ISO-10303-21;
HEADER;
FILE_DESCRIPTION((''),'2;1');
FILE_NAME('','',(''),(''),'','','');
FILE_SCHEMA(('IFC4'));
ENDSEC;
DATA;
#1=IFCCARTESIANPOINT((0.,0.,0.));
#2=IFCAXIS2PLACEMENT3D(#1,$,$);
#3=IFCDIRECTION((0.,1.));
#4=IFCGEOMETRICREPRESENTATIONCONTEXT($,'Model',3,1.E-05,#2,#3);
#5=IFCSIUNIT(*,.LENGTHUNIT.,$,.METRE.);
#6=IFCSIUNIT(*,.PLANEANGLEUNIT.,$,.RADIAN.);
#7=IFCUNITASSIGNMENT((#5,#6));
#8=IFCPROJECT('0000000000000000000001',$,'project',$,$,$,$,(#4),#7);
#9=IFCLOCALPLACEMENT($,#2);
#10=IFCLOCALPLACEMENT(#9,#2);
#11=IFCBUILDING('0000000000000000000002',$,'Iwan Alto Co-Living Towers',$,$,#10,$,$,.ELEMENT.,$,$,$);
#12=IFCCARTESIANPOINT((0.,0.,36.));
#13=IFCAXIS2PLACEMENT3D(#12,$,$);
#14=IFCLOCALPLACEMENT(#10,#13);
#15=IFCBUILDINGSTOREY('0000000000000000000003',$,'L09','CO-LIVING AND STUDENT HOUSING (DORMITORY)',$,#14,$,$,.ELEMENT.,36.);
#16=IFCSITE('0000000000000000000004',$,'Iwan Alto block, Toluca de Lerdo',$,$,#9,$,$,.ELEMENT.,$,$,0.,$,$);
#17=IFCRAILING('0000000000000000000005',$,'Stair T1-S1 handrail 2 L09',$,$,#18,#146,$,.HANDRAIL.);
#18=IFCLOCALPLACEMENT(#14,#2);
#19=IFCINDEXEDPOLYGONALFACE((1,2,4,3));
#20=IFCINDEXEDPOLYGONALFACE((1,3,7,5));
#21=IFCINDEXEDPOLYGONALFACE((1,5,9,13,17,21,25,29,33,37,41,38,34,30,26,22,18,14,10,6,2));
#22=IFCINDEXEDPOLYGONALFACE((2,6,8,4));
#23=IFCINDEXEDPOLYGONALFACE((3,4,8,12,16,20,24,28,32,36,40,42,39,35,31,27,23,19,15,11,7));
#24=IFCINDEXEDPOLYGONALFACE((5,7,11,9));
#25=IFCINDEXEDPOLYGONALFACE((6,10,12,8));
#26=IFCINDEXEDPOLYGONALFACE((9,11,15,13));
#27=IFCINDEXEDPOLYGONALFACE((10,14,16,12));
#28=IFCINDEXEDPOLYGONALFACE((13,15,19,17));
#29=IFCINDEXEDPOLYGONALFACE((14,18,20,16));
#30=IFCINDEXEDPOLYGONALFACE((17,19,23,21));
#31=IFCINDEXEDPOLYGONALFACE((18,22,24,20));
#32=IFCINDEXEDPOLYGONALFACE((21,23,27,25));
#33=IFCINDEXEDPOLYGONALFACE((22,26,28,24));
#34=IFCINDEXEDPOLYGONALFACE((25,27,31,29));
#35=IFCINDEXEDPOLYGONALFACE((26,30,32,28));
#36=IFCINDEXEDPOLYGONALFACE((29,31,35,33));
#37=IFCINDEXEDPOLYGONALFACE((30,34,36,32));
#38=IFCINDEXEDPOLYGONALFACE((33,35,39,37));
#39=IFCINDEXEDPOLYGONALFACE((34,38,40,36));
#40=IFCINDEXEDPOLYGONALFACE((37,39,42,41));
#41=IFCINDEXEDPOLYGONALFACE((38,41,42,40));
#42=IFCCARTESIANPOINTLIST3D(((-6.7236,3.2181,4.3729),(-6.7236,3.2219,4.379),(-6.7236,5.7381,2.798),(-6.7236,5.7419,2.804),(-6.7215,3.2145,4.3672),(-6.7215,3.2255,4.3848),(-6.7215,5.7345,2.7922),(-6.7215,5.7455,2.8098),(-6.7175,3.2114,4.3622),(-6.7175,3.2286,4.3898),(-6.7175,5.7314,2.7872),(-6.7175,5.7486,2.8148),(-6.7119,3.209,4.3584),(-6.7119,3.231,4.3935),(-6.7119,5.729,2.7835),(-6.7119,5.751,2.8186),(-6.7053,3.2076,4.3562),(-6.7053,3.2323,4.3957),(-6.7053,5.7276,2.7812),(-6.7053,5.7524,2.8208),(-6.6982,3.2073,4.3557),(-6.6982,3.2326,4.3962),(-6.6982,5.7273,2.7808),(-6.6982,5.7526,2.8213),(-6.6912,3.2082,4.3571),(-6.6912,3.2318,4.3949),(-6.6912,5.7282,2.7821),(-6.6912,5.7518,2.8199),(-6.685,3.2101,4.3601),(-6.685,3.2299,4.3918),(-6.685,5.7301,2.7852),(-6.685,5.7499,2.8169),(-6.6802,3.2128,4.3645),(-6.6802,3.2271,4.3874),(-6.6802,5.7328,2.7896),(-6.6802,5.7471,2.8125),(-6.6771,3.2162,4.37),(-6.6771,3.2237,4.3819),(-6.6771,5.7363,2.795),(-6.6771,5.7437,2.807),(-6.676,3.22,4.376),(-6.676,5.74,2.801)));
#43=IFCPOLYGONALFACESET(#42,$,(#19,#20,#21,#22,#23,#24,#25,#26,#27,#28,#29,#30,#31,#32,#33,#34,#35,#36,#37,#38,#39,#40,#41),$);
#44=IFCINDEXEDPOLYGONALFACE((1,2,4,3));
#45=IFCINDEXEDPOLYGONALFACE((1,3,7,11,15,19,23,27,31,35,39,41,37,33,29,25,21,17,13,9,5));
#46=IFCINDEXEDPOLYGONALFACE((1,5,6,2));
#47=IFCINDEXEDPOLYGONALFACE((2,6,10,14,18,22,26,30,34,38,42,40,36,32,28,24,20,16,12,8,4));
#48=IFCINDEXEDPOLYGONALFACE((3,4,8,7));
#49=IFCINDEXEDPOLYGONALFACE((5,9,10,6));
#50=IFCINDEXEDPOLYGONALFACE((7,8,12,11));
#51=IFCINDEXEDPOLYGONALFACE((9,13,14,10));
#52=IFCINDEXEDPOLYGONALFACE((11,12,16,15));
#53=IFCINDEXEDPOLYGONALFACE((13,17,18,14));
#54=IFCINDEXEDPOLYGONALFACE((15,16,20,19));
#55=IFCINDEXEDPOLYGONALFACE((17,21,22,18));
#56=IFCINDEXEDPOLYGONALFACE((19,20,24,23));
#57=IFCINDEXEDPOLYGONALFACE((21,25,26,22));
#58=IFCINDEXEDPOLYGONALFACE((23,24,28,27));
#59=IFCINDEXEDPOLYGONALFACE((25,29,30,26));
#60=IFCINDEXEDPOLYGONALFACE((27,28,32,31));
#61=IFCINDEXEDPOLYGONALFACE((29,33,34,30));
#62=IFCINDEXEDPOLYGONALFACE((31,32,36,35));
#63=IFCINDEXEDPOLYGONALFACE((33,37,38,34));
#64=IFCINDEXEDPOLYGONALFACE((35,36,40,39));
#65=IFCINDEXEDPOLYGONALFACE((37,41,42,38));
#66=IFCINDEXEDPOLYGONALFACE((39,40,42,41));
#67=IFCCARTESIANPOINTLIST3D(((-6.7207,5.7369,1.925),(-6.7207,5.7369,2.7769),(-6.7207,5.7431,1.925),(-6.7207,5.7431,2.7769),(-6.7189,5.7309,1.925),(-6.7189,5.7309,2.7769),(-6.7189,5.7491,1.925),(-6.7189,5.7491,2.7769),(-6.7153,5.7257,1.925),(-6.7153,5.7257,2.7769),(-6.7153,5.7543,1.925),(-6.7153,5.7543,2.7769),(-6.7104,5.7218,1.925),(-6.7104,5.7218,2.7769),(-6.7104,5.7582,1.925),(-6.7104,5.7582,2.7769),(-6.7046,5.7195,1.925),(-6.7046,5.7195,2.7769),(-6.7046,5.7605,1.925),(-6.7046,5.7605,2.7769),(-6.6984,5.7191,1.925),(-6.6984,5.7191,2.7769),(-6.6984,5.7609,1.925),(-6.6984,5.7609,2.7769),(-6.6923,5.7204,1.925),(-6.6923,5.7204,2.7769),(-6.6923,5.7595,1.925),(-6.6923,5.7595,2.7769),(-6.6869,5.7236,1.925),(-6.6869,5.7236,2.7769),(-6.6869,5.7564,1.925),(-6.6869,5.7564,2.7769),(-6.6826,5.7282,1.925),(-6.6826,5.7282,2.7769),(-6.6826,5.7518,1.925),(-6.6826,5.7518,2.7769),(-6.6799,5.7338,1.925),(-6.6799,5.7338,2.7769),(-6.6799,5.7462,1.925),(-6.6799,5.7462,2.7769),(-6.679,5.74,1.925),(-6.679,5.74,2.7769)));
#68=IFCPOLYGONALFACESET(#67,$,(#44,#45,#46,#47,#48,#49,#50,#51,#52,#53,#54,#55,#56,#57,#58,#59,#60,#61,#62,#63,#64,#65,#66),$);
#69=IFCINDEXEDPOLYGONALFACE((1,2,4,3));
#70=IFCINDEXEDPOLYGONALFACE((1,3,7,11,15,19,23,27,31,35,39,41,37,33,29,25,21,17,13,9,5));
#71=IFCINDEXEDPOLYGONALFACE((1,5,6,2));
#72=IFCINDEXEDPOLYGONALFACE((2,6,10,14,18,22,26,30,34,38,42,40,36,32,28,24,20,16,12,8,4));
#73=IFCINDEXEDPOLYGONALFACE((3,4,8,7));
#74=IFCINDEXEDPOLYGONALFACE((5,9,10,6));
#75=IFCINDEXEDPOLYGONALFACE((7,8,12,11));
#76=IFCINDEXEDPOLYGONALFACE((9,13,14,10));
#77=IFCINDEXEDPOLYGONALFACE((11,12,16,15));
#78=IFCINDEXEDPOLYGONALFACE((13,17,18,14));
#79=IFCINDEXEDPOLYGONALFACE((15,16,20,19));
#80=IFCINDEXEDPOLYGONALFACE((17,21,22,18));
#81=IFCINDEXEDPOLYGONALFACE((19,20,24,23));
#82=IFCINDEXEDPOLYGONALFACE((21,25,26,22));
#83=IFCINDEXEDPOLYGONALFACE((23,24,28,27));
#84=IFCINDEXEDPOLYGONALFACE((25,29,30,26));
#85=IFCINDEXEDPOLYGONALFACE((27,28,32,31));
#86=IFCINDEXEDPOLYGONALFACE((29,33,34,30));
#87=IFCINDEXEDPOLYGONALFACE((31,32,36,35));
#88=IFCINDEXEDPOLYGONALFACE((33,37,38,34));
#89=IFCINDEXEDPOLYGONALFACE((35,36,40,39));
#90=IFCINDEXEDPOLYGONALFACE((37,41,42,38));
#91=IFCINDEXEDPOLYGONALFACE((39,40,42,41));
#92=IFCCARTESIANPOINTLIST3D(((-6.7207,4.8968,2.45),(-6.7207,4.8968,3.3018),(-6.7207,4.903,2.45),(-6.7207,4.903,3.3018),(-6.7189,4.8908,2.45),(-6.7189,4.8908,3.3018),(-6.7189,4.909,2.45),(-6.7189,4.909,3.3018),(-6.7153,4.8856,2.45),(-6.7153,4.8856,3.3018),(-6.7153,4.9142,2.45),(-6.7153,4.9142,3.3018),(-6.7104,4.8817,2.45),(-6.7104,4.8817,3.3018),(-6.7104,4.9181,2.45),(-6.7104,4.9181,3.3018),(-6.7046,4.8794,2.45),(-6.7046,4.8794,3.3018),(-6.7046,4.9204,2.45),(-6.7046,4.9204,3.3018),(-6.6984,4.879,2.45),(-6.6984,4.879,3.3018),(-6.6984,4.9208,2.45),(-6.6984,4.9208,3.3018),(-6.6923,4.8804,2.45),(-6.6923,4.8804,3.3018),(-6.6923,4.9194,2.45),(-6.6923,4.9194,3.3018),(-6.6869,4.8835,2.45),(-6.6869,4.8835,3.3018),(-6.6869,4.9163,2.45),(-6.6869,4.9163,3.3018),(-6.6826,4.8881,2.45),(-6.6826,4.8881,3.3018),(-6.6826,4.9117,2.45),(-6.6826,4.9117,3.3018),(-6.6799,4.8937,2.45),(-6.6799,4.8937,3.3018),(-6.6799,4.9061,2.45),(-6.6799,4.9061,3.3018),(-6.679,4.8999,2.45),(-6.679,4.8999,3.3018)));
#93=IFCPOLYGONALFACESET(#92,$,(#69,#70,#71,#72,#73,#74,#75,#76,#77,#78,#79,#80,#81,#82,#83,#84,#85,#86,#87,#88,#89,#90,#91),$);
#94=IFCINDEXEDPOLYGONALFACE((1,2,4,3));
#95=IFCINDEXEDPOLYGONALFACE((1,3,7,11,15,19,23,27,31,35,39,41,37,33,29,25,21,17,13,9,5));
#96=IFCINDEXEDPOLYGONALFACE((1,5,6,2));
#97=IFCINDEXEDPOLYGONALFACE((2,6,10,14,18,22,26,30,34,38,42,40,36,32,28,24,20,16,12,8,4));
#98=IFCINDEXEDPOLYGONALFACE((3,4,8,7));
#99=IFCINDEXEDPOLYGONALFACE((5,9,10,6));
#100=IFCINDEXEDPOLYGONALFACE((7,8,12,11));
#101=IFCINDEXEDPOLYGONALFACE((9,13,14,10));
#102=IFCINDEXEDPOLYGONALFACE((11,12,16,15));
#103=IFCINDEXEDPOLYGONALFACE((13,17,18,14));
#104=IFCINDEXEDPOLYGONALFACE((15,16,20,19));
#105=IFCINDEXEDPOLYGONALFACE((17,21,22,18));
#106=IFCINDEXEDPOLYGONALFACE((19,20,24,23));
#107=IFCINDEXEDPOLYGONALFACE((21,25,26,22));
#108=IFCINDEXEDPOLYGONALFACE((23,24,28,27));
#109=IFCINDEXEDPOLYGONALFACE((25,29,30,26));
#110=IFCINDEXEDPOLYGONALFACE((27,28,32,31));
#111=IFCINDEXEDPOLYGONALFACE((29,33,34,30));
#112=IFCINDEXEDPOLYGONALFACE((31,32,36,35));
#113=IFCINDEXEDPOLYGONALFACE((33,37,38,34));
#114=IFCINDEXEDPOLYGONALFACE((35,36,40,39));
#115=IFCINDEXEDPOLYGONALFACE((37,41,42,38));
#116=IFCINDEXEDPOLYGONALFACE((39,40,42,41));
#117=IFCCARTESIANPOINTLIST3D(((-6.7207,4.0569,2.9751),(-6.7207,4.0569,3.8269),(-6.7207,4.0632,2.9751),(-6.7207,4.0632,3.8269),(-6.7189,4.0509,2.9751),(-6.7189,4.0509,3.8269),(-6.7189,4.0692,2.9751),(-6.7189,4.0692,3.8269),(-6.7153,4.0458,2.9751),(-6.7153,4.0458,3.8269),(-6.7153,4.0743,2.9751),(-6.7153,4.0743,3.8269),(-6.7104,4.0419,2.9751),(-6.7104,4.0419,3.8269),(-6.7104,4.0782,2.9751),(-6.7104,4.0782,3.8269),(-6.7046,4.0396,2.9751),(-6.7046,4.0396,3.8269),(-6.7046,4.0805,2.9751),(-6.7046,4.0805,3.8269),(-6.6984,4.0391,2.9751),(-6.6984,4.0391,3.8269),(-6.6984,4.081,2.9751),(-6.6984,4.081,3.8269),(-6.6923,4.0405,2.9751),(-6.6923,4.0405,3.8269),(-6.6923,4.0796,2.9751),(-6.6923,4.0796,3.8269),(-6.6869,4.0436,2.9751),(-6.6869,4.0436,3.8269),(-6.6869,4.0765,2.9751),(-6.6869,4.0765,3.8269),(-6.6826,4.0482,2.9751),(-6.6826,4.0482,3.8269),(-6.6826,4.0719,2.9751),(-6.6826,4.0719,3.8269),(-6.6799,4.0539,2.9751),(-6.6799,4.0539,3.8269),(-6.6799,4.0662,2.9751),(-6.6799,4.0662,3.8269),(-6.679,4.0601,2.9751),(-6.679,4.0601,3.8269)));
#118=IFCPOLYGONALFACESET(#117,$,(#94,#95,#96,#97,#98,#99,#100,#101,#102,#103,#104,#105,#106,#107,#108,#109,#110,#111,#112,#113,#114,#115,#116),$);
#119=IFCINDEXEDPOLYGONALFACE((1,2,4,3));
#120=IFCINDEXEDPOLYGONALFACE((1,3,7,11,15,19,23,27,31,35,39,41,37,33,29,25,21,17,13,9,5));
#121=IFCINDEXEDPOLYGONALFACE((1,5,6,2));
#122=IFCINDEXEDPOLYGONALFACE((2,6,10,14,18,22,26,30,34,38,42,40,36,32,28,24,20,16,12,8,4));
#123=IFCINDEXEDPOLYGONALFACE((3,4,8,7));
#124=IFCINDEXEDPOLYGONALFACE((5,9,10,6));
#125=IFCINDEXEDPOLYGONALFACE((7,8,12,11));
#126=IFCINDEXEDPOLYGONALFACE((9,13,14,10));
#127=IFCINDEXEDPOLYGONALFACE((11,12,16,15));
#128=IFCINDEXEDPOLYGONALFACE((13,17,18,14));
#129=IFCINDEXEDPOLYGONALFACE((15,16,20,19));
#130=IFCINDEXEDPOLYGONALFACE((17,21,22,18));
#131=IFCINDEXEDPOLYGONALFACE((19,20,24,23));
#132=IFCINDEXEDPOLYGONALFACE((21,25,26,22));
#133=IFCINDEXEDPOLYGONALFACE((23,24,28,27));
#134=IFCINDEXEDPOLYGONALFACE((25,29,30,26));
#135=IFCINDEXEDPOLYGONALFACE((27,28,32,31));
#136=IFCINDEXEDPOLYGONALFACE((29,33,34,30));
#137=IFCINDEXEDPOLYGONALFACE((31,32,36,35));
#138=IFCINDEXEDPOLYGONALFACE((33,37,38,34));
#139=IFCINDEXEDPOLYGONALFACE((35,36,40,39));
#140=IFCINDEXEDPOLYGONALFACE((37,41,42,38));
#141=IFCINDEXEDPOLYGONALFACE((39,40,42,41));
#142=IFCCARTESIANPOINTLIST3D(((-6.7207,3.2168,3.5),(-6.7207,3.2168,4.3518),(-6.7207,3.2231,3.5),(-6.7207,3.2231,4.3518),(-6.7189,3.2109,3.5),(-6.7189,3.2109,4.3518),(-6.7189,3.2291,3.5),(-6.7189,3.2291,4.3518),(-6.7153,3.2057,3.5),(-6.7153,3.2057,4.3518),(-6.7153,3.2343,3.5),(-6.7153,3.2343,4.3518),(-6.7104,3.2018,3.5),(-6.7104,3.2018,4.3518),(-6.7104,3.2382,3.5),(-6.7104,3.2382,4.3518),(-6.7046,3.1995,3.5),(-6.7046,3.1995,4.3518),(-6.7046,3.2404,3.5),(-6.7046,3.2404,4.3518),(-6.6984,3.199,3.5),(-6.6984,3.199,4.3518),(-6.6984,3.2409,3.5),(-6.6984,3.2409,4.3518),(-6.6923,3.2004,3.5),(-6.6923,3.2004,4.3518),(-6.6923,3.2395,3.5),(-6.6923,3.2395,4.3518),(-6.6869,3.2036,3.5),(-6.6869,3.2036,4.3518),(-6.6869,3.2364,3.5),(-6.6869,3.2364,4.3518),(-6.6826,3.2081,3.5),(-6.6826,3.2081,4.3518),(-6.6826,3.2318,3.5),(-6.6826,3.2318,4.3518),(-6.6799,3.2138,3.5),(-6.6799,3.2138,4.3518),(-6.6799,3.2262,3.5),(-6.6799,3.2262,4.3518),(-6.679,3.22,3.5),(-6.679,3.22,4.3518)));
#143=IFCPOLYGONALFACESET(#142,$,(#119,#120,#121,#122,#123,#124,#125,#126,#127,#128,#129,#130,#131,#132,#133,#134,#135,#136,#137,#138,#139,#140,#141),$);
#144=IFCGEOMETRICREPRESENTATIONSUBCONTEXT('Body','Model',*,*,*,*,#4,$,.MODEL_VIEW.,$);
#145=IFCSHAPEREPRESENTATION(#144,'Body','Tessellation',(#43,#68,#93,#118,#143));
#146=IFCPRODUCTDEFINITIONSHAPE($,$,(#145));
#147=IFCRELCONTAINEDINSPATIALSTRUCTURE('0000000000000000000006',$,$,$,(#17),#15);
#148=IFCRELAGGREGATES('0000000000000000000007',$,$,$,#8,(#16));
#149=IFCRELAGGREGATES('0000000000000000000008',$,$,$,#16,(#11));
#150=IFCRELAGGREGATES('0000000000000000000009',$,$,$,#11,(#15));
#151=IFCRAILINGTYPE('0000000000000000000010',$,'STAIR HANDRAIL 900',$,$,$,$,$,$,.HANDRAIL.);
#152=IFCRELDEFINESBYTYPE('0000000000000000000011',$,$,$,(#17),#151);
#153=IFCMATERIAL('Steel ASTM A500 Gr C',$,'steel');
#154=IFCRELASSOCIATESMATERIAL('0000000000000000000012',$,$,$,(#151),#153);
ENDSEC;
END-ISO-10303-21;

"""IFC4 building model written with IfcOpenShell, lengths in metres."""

from ifc_helpers import new_model, si_unit, direction, frame, origin, origin_2d, place, context, subcontext, project, spatial, circle, extrude, material, type_object, element, save


model = new_model("IFC4")

# Units and contexts
model_context = context("Model", 3, precision=1e-05, world=origin(), true_north=direction((0.0, 1.0)))
body_context = subcontext(model_context, "Body", "Model", "MODEL_VIEW")
ifc_project = project(units=[si_unit("LENGTHUNIT", "METRE"), si_unit("PLANEANGLEUNIT", "RADIAN")], contexts=[model_context])

# Site, building, storey
site_placement = place(None, origin())
site = spatial("IfcSite", under=ifc_project, at=site_placement, Name="Iwan Alto block, Toluca de Lerdo", CompositionType="ELEMENT", RefElevation=0.0)
building_placement = place(site_placement, origin())
building = spatial("IfcBuilding", under=site, at=building_placement, Name="Iwan Alto Co-Living Towers", CompositionType="ELEMENT")
storey_placement = place(building_placement, frame((0.0, 0.0, 36.0)))
storey = spatial("IfcBuildingStorey", under=building, at=storey_placement, Name="L09", Description="CO-LIVING AND STUDENT HOUSING (DORMITORY)", CompositionType="ELEMENT", Elevation=36.0)

# Railing
ifc_material_1 = material(Name="Steel ASTM A500 Gr C", Category="steel")
railing_type_1 = type_object("IfcRailingType", Name="STAIR HANDRAIL 900", PredefinedType="HANDRAIL", material=ifc_material_1)
railing_1_placement = place(storey_placement, frame((-6.7, 5.74, 1.925)))
element("IfcRailing", 1, at=railing_1_placement, inside=storey, type_object=railing_type_1, Name="Stair T1-S1 handrail 2 L09", PredefinedType="HANDRAIL", context=body_context, shape_type="SweptSolid", body=[
    extrude(circle(Radius=0.0239, at=origin_2d()), frame((0.0, 0.0, 0.876), z_axis=(0.0, -0.848008, 0.529984), x_axis=(1.0, 0.0, 0.0)), (0.0, 0.0, 1.0), 2.9717),
    extrude(circle(Radius=0.021, at=origin_2d()), origin(), (0.0, 0.0, 1.0), 0.8518),
    extrude(circle(Radius=0.021, at=origin_2d()), frame((0.0, -0.8401, 0.5249)), (0.0, 0.0, 1.0), 0.8518),
    extrude(circle(Radius=0.021, at=origin_2d()), frame((0.0, -1.6799, 1.05)), (0.0, 0.0, 1.0), 0.8518),
    extrude(circle(Radius=0.021, at=origin_2d()), frame((0.0, -2.52, 1.575)), (0.0, 0.0, 1.0), 0.8518),
])

save(model, "model.ifc")
